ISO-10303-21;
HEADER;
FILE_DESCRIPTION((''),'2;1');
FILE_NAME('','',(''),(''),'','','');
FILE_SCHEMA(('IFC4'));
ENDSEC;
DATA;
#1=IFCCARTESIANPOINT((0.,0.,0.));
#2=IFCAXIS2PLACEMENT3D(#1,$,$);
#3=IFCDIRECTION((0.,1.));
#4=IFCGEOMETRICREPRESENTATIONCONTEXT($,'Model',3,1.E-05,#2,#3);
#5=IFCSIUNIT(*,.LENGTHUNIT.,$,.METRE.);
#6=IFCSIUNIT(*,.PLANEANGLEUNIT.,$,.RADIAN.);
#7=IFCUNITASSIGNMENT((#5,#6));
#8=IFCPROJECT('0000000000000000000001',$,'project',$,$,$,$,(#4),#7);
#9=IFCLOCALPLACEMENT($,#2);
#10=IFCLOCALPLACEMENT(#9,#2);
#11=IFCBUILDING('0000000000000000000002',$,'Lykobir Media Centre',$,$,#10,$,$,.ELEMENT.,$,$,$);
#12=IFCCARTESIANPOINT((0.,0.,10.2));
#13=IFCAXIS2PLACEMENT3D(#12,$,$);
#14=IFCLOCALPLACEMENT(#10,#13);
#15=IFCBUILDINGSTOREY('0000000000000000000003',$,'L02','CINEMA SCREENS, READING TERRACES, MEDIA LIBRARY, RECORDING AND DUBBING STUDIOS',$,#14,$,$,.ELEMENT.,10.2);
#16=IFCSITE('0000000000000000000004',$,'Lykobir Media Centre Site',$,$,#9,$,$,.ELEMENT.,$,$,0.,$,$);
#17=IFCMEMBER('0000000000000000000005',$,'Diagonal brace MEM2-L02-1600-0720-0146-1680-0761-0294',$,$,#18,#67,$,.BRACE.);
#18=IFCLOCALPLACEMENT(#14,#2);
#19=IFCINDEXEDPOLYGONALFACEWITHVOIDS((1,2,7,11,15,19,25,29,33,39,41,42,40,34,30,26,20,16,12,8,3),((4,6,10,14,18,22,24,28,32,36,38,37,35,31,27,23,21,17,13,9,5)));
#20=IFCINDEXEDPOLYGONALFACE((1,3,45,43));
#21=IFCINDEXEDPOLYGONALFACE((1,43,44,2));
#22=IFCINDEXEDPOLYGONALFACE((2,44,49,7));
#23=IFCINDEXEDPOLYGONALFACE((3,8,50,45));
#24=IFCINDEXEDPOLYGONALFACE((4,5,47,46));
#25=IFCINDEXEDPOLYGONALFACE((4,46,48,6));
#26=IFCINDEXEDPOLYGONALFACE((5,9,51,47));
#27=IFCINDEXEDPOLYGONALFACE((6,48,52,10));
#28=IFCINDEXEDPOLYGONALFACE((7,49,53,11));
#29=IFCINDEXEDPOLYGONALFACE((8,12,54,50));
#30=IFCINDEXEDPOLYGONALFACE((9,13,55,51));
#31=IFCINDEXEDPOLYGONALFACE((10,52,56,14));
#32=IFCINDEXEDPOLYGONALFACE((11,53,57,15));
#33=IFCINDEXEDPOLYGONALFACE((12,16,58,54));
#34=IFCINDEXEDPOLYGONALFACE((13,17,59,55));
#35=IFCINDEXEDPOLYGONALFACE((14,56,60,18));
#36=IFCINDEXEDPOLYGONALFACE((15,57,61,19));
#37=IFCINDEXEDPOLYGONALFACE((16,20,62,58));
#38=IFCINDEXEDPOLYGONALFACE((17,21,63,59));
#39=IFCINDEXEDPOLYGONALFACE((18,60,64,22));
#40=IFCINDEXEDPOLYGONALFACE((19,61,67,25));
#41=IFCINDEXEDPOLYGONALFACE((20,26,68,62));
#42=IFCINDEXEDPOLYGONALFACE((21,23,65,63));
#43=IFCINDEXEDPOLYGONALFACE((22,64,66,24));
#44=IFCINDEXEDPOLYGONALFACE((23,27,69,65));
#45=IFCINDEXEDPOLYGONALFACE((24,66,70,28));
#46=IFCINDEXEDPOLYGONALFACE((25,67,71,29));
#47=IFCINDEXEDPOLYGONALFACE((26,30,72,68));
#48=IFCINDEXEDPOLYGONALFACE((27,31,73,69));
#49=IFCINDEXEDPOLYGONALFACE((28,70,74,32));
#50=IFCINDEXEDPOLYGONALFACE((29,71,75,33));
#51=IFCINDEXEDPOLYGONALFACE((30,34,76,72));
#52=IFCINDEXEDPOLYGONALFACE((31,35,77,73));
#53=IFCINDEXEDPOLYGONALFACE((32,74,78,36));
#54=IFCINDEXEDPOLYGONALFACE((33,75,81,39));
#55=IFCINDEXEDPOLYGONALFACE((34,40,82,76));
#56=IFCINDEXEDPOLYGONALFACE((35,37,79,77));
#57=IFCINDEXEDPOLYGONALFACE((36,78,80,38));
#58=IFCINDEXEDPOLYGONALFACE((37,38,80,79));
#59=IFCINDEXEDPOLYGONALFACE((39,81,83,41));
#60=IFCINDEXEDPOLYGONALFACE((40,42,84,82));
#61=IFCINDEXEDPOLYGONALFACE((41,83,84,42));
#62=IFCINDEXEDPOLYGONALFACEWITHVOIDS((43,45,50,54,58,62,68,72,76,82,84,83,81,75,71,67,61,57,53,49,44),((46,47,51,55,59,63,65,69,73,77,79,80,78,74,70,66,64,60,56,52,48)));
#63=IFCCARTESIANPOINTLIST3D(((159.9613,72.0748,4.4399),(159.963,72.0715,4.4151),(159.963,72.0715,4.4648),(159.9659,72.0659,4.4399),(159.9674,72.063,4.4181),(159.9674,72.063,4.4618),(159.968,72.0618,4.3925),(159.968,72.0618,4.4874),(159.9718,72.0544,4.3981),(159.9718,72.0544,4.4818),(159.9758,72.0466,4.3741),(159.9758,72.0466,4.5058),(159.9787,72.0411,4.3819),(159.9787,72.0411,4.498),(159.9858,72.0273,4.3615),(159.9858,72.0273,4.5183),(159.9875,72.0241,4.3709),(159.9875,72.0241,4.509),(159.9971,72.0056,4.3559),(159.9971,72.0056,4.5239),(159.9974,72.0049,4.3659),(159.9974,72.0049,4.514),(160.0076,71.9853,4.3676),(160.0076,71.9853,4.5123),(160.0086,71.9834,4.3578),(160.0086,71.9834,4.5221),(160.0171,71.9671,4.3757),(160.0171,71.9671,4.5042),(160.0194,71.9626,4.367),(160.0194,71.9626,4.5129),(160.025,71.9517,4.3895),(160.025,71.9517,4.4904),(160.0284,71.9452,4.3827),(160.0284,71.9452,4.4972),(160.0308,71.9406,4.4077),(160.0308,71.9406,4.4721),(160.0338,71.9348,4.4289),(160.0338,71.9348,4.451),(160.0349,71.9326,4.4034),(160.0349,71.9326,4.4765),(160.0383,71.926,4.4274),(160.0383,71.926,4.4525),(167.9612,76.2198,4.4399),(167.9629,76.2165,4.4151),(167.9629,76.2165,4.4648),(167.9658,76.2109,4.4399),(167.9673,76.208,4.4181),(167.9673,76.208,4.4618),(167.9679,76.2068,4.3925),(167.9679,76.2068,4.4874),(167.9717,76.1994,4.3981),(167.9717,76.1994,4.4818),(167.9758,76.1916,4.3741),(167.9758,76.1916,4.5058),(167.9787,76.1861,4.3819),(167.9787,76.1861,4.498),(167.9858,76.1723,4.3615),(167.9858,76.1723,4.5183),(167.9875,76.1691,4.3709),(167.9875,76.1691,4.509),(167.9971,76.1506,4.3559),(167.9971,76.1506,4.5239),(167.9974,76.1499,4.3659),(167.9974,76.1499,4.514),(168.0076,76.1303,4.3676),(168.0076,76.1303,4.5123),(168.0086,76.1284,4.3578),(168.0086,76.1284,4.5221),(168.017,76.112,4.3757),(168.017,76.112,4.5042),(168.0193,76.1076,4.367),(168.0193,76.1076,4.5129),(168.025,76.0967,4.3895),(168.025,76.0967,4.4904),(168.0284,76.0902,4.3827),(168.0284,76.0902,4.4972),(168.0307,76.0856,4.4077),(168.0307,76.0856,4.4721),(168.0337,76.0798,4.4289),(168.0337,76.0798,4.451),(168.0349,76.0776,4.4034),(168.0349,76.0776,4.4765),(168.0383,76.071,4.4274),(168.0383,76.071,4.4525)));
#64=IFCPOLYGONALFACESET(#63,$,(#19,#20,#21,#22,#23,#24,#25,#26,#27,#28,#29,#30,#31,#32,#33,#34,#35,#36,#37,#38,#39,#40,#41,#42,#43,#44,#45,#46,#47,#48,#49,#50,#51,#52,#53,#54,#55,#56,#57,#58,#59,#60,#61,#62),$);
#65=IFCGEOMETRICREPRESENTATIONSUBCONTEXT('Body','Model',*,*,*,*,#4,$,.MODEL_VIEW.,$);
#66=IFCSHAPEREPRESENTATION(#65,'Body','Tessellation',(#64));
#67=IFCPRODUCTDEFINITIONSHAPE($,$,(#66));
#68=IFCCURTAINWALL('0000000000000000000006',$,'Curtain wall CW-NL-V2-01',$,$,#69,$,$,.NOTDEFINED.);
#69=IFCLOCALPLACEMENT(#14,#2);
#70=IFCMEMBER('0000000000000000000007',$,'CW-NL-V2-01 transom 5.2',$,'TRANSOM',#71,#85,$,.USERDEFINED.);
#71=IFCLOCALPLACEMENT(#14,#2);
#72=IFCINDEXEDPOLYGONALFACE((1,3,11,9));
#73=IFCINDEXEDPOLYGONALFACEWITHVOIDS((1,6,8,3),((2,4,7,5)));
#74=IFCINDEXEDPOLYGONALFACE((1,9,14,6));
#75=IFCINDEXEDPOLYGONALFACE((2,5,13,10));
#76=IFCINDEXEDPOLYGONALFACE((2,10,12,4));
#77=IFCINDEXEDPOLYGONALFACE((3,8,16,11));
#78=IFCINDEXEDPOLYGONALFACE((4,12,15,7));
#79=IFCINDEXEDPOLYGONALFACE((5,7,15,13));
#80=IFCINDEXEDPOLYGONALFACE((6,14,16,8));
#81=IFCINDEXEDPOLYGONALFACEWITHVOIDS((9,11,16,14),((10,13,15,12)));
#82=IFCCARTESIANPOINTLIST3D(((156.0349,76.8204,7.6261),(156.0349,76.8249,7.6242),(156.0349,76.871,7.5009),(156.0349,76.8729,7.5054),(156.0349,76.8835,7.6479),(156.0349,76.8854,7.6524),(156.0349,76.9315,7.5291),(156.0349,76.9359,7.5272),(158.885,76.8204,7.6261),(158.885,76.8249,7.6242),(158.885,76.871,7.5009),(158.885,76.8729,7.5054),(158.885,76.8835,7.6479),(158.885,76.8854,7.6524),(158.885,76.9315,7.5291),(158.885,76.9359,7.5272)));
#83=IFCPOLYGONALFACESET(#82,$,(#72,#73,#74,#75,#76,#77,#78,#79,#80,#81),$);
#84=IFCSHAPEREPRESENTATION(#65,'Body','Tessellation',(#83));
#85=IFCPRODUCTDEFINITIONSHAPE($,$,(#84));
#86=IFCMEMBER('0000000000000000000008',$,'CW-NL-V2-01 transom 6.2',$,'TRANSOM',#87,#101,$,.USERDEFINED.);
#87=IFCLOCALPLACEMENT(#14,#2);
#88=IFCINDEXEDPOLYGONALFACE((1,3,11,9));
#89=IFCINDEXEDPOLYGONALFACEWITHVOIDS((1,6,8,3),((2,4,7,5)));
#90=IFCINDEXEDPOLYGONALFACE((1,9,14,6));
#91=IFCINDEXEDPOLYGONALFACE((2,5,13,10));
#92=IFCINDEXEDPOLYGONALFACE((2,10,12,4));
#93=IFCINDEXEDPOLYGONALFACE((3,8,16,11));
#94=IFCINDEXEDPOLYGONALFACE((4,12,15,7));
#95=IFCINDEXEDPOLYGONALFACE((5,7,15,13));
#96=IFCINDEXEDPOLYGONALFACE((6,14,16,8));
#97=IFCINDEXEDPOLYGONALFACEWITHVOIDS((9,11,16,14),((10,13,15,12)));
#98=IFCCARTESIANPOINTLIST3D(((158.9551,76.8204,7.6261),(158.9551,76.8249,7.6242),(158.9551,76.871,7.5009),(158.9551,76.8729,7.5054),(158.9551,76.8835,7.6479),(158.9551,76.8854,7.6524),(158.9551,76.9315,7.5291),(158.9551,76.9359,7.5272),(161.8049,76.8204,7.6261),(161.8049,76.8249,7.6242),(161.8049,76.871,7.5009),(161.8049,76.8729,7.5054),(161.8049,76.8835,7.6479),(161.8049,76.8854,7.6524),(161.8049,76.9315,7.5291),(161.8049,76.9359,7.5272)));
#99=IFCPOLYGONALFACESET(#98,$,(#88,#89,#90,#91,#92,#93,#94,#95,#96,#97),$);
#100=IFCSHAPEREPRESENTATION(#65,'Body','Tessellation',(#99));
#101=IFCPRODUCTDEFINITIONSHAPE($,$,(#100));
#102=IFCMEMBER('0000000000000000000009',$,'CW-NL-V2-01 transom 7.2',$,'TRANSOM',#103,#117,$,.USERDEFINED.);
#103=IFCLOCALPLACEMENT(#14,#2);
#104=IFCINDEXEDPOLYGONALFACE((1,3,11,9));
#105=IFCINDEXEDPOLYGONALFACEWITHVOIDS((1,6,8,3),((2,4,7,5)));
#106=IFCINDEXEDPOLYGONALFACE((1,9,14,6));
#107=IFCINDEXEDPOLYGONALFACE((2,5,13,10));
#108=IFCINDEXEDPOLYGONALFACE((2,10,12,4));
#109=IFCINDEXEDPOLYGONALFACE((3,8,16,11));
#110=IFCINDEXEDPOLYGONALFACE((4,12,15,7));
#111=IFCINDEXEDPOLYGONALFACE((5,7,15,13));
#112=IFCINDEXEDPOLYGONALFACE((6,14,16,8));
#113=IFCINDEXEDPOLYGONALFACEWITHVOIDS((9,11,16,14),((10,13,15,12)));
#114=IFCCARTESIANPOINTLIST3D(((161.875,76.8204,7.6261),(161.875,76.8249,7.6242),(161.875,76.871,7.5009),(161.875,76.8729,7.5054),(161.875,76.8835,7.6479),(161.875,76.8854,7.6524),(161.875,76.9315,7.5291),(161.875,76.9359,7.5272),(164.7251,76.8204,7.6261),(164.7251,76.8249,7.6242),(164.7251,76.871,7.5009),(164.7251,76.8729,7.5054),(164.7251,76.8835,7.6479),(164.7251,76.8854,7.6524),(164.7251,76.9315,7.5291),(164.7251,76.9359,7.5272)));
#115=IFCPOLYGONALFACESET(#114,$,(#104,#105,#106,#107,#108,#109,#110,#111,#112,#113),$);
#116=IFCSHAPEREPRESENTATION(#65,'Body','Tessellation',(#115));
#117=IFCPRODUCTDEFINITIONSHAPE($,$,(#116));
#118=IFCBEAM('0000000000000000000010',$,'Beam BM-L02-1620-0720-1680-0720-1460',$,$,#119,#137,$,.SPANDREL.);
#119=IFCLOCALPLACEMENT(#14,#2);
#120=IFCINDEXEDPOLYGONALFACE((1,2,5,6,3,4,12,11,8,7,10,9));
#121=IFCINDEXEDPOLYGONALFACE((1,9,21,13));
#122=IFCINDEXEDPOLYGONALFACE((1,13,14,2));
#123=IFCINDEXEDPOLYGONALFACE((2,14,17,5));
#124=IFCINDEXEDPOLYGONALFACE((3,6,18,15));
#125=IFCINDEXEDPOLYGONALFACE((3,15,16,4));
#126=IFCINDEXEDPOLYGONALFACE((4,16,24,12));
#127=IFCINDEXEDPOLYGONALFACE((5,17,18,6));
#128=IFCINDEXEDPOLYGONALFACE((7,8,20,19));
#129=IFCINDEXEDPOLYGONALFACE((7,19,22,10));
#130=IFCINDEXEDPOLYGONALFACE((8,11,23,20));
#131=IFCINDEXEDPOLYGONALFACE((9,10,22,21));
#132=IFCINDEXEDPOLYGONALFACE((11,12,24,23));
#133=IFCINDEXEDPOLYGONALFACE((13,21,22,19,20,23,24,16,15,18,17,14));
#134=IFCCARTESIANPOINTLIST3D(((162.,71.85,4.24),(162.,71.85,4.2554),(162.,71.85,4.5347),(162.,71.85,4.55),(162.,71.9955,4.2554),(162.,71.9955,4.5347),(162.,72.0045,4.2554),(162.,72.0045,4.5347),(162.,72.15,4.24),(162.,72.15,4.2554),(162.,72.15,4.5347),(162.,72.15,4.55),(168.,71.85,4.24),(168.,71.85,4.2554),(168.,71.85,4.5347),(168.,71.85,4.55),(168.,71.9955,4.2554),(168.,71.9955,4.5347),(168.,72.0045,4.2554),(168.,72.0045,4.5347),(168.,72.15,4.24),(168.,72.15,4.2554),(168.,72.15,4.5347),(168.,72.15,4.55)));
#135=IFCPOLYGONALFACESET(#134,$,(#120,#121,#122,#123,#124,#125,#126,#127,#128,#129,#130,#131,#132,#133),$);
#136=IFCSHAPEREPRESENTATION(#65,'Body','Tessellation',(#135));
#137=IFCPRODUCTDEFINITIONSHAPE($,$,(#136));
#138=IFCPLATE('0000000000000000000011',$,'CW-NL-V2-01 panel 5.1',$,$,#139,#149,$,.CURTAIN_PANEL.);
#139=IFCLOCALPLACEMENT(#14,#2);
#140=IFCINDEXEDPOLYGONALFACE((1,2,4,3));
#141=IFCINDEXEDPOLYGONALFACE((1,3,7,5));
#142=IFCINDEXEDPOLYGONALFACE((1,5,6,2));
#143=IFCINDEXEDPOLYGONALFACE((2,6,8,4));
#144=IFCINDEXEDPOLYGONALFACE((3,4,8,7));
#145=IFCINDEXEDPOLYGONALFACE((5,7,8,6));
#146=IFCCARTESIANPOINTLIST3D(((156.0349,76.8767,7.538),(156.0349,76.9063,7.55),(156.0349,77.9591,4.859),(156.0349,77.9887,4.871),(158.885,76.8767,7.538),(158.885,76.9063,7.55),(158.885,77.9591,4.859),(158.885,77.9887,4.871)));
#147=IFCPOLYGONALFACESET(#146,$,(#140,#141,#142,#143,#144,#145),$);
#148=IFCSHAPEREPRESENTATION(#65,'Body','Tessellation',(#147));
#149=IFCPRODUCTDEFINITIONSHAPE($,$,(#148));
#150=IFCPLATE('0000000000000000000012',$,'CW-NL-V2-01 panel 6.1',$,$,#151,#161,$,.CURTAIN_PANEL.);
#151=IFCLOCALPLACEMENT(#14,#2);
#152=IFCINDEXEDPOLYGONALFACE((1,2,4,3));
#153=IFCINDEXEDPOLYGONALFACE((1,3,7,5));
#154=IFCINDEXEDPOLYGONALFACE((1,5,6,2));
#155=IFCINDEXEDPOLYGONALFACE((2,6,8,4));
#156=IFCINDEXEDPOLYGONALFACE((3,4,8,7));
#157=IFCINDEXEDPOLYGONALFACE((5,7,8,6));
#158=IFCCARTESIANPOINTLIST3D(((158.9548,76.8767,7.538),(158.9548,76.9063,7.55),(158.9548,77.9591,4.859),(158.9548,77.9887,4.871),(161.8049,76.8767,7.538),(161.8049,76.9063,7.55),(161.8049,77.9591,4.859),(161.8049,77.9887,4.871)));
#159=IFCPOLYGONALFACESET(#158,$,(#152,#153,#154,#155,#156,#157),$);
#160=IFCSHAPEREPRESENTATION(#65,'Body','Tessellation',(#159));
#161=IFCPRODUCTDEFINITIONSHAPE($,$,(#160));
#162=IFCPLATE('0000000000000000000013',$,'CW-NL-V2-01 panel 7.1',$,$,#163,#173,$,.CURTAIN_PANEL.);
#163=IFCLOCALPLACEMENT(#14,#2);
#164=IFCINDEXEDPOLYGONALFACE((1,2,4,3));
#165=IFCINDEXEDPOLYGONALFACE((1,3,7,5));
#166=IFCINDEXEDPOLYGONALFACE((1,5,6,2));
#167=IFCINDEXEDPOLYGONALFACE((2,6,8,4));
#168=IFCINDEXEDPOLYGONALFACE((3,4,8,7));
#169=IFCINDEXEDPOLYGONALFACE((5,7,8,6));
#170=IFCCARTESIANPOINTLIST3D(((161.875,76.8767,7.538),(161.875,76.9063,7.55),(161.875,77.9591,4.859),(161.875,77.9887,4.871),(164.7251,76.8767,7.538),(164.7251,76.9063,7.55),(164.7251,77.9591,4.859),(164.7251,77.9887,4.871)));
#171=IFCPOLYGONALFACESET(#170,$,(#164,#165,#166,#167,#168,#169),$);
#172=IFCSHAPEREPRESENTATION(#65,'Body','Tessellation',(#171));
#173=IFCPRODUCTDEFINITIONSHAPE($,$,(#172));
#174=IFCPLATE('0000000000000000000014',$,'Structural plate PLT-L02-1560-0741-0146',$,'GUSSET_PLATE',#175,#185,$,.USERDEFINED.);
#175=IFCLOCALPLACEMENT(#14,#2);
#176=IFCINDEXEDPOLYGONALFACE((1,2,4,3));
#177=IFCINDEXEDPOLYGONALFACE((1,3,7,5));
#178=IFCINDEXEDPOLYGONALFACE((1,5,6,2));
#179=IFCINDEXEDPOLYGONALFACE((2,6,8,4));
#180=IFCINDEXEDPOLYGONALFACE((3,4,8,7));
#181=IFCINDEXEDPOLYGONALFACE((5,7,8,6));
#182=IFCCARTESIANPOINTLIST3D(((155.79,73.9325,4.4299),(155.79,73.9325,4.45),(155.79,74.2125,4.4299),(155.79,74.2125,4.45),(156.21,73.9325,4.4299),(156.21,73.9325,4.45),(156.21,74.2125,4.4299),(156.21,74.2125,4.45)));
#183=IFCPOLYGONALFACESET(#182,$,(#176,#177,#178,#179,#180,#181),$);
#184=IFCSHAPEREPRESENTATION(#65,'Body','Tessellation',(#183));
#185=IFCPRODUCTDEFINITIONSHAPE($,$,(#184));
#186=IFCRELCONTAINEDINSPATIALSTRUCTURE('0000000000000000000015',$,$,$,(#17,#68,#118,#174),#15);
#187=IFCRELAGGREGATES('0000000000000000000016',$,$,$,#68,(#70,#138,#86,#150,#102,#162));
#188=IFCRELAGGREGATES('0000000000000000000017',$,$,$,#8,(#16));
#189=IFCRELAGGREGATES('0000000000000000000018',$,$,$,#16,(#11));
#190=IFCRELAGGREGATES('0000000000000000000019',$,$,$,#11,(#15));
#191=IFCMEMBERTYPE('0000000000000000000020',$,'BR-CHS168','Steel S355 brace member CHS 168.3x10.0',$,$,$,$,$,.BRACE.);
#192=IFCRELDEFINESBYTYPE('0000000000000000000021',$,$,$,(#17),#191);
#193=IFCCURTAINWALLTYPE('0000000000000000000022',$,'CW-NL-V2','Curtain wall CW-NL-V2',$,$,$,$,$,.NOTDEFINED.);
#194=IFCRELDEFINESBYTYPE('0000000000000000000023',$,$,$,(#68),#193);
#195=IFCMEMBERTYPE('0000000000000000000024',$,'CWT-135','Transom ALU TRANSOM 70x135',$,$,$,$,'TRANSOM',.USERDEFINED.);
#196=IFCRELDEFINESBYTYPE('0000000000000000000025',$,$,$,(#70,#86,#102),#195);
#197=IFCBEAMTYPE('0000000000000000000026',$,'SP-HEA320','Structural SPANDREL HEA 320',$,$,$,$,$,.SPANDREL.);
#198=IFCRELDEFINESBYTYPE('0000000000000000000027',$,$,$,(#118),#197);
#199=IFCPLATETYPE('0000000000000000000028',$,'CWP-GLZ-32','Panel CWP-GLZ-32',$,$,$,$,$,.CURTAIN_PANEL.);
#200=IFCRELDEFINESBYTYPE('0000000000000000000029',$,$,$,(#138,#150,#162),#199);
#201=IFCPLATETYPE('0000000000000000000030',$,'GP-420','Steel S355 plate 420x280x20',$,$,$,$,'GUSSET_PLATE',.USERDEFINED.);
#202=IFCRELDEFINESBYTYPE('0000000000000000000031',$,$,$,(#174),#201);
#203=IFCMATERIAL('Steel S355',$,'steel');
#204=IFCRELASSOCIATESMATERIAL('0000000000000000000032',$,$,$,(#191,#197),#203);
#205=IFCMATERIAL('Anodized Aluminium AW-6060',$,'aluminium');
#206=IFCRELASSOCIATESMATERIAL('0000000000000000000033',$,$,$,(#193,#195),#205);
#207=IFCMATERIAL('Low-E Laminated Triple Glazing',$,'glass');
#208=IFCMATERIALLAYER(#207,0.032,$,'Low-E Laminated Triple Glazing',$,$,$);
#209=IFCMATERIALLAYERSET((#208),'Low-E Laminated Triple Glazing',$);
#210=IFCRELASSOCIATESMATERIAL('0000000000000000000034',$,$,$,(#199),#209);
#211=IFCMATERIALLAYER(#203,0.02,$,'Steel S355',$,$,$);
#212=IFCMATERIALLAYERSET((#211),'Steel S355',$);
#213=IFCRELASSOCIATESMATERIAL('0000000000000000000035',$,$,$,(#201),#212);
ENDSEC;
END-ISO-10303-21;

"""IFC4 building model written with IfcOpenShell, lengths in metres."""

from ifc_helpers import new_model, si_unit, direction, frame, origin, origin_2d, place, context, subcontext, project, spatial, rectangle, hollow_rectangle, hollow_circle, i_section, extrude, material, layer, layer_set, material_profile, profile_set, type_object, element, aggregate, save


model = new_model("IFC4")

# Units and contexts
model_context = context("Model", 3, precision=1e-05, world=origin(), true_north=direction((0.0, 1.0)))
body_context = subcontext(model_context, "Body", "Model", "MODEL_VIEW")
ifc_project = project(units=[si_unit("LENGTHUNIT", "METRE"), si_unit("PLANEANGLEUNIT", "RADIAN")], contexts=[model_context])

# Site, building, storey
site_placement = place(None, origin())
site = spatial("IfcSite", under=ifc_project, at=site_placement, Name="Lykobir Media Centre Site", CompositionType="ELEMENT", RefElevation=0.0)
building_placement = place(site_placement, origin())
building = spatial("IfcBuilding", under=site, at=building_placement, Name="Lykobir Media Centre", CompositionType="ELEMENT")
storey_placement = place(building_placement, frame((0.0, 0.0, 10.2)))
storey = spatial("IfcBuildingStorey", under=building, at=storey_placement, Name="L02", Description="CINEMA SCREENS, READING TERRACES, MEDIA LIBRARY, RECORDING AND DUBBING STUDIOS", CompositionType="ELEMENT", Elevation=10.2)

# Member
ifc_material_1 = material(Name="Steel S355", Category="steel")
ifc_material_profile_1 = material_profile(ifc_material_1, hollow_circle(Radius=0.0842, WallThickness=0.01, at=origin_2d()), Name="CHS 168.3x10.0")
ifc_profile_set_1 = profile_set([ifc_material_profile_1], Name="Steel S355")
member_type_1 = type_object("IfcMemberType", Name="BR-CHS168", Description="Steel S355 brace member CHS 168.3x10.0", PredefinedType="BRACE", material=ifc_profile_set_1)
member_1_placement = place(storey_placement, frame((160.0, 72.0, 4.4399), z_axis=(0.887896, 0.460043, 0.0), x_axis=(-0.460043, 0.887896, 0.0)))
element("IfcMember", 1, at=member_1_placement, inside=storey, type_object=member_type_1, Name="Diagonal brace MEM2-L02-1600-0720-0146-1680-0761-0294", PredefinedType="BRACE", context=body_context, shape_type="SweptSolid", body=[
    extrude(hollow_circle(Radius=0.0842, WallThickness=0.01, at=origin_2d()), origin(), (0.0, 0.0, 1.0), 9.01),
])

# Curtain wall, members
ifc_material_2 = material(Name="Anodized Aluminium AW-6060", Category="aluminium")
curtain_wall_type = type_object("IfcCurtainWallType", Name="CW-NL-V2", Description="Curtain wall CW-NL-V2", PredefinedType="NOTDEFINED", material=ifc_material_2)
curtain_wall_placement = place(storey_placement, origin())
curtain_wall = element("IfcCurtainWall", 2, at=curtain_wall_placement, inside=storey, type_object=curtain_wall_type, Name="Curtain wall CW-NL-V2-01", PredefinedType="NOTDEFINED")
ifc_material_profile_2 = material_profile(ifc_material_2, hollow_rectangle(XDim=0.0701, YDim=0.135, WallThickness=0.0034, at=origin_2d()), Name="ALU TRANSOM 70x135")
ifc_profile_set_2 = profile_set([ifc_material_profile_2], Name="Anodized Aluminium AW-6060")
member_type_2 = type_object("IfcMemberType", Name="CWT-135", Description="Transom ALU TRANSOM 70x135", ElementType="TRANSOM", PredefinedType="USERDEFINED", material=ifc_profile_set_2)
member_2_placement = place(storey_placement, frame((156.0349, 76.8782, 7.5767), z_axis=(1.0, 0.0, 0.0), x_axis=(0.0, 0.927184, 0.374607)))
member_2 = element("IfcMember", 3, at=member_2_placement, type_object=member_type_2, Name="CW-NL-V2-01 transom 5.2", ObjectType="TRANSOM", PredefinedType="USERDEFINED", context=body_context, shape_type="SweptSolid", body=[
    extrude(hollow_rectangle(XDim=0.0701, YDim=0.135, WallThickness=0.0034, at=origin_2d()), origin(), (0.0, 0.0, 1.0), 2.8501),
])
member_3_placement = place(storey_placement, frame((158.9551, 76.8782, 7.5767), z_axis=(1.0, 0.0, 0.0), x_axis=(0.0, 0.927184, 0.374607)))
member_3 = element("IfcMember", 4, at=member_3_placement, type_object=member_type_2, Name="CW-NL-V2-01 transom 6.2", ObjectType="TRANSOM", PredefinedType="USERDEFINED", context=body_context, shape_type="SweptSolid", body=[
    extrude(hollow_rectangle(XDim=0.0701, YDim=0.135, WallThickness=0.0034, at=origin_2d()), origin(), (0.0, 0.0, 1.0), 2.8499),
])
member_4_placement = place(storey_placement, frame((161.875, 76.8782, 7.5767), z_axis=(1.0, 0.0, 0.0), x_axis=(0.0, 0.927184, 0.374607)))
member_4 = element("IfcMember", 5, at=member_4_placement, type_object=member_type_2, Name="CW-NL-V2-01 transom 7.2", ObjectType="TRANSOM", PredefinedType="USERDEFINED", context=body_context, shape_type="SweptSolid", body=[
    extrude(hollow_rectangle(XDim=0.0701, YDim=0.135, WallThickness=0.0034, at=origin_2d()), origin(), (0.0, 0.0, 1.0), 2.8501),
])

# Beam
ifc_material_profile_3 = material_profile(ifc_material_1, i_section(OverallWidth=0.3, OverallDepth=0.3101, WebThickness=0.009, FlangeThickness=0.0154, at=origin_2d()), Name="HEA 320")
ifc_profile_set_3 = profile_set([ifc_material_profile_3], Name="Steel S355")
beam_type = type_object("IfcBeamType", Name="SP-HEA320", Description="Structural SPANDREL HEA 320", PredefinedType="SPANDREL", material=ifc_profile_set_3)
beam_placement = place(storey_placement, frame((162.0, 72.0, 4.395), z_axis=(1.0, 0.0, 0.0), x_axis=(0.0, 1.0, 0.0)))
element("IfcBeam", 6, at=beam_placement, inside=storey, type_object=beam_type, Name="Beam BM-L02-1620-0720-1680-0720-1460", PredefinedType="SPANDREL", context=body_context, shape_type="SweptSolid", body=[
    extrude(i_section(OverallWidth=0.3, OverallDepth=0.3101, WebThickness=0.009, FlangeThickness=0.0154, at=origin_2d()), origin(), (0.0, 0.0, 1.0), 6.0),
])

# Plates
ifc_material_3 = material(Name="Low-E Laminated Triple Glazing", Category="glass")
ifc_layer_1 = layer(ifc_material_3, 0.032, Name="Low-E Laminated Triple Glazing")
ifc_layer_set_1 = layer_set([ifc_layer_1], Name="Low-E Laminated Triple Glazing")
plate_type_1 = type_object("IfcPlateType", Name="CWP-GLZ-32", Description="Panel CWP-GLZ-32", PredefinedType="CURTAIN_PANEL", material=ifc_layer_set_1)
plate_1_placement = place(storey_placement, frame((157.46, 77.9739, 4.865), z_axis=(0.0, -0.374607, 0.927184), x_axis=(1.0, 0.0, 0.0)))
plate_1 = element("IfcPlate", 7, at=plate_1_placement, type_object=plate_type_1, Name="CW-NL-V2-01 panel 5.1", PredefinedType="CURTAIN_PANEL", context=body_context, shape_type="SweptSolid", body=[
    extrude(rectangle(XDim=2.8501, YDim=0.032, at=origin_2d()), origin(), (0.0, 0.0, 1.0), 2.8894),
])
plate_2_placement = place(storey_placement, frame((160.3799, 77.9739, 4.865), z_axis=(0.0, -0.374607, 0.927184), x_axis=(1.0, 0.0, 0.0)))
plate_2 = element("IfcPlate", 8, at=plate_2_placement, type_object=plate_type_1, Name="CW-NL-V2-01 panel 6.1", PredefinedType="CURTAIN_PANEL", context=body_context, shape_type="SweptSolid", body=[
    extrude(rectangle(XDim=2.8501, YDim=0.032, at=origin_2d()), origin(), (0.0, 0.0, 1.0), 2.8894),
])
plate_3_placement = place(storey_placement, frame((163.3, 77.9739, 4.865), z_axis=(0.0, -0.374607, 0.927184), x_axis=(1.0, 0.0, 0.0)))
plate_3 = element("IfcPlate", 9, at=plate_3_placement, type_object=plate_type_1, Name="CW-NL-V2-01 panel 7.1", PredefinedType="CURTAIN_PANEL", context=body_context, shape_type="SweptSolid", body=[
    extrude(rectangle(XDim=2.8501, YDim=0.032, at=origin_2d()), origin(), (0.0, 0.0, 1.0), 2.8894),
])
aggregate(curtain_wall, [member_2, plate_1, member_3, plate_2, member_4, plate_3])

# Plate
ifc_layer_2 = layer(ifc_material_1, 0.02, Name="Steel S355")
ifc_layer_set_2 = layer_set([ifc_layer_2], Name="Steel S355")
plate_type_2 = type_object("IfcPlateType", Name="GP-420", Description="Steel S355 plate 420x280x20", ElementType="GUSSET_PLATE", PredefinedType="USERDEFINED", material=ifc_layer_set_2)
for number, where, z_axis, x_axis, name in (
    (10, (156.0, 74.0725, 4.4299), (0.0, 0.0, 1.0), (1.0, 0.0, 0.0), "Structural plate PLT-L02-1560-0741-0146"),
):
    element("IfcPlate", number, at=place(storey_placement, frame(where, z_axis=z_axis, x_axis=x_axis)), inside=storey, type_object=plate_type_2, Name=name, ObjectType="GUSSET_PLATE", PredefinedType="USERDEFINED", context=body_context, shape_type="SweptSolid", body=[
        extrude(rectangle(XDim=0.4199, YDim=0.28, at=origin_2d()), origin(), (0.0, 0.0, 1.0), 0.02),
    ])

save(model, "model.ifc")
